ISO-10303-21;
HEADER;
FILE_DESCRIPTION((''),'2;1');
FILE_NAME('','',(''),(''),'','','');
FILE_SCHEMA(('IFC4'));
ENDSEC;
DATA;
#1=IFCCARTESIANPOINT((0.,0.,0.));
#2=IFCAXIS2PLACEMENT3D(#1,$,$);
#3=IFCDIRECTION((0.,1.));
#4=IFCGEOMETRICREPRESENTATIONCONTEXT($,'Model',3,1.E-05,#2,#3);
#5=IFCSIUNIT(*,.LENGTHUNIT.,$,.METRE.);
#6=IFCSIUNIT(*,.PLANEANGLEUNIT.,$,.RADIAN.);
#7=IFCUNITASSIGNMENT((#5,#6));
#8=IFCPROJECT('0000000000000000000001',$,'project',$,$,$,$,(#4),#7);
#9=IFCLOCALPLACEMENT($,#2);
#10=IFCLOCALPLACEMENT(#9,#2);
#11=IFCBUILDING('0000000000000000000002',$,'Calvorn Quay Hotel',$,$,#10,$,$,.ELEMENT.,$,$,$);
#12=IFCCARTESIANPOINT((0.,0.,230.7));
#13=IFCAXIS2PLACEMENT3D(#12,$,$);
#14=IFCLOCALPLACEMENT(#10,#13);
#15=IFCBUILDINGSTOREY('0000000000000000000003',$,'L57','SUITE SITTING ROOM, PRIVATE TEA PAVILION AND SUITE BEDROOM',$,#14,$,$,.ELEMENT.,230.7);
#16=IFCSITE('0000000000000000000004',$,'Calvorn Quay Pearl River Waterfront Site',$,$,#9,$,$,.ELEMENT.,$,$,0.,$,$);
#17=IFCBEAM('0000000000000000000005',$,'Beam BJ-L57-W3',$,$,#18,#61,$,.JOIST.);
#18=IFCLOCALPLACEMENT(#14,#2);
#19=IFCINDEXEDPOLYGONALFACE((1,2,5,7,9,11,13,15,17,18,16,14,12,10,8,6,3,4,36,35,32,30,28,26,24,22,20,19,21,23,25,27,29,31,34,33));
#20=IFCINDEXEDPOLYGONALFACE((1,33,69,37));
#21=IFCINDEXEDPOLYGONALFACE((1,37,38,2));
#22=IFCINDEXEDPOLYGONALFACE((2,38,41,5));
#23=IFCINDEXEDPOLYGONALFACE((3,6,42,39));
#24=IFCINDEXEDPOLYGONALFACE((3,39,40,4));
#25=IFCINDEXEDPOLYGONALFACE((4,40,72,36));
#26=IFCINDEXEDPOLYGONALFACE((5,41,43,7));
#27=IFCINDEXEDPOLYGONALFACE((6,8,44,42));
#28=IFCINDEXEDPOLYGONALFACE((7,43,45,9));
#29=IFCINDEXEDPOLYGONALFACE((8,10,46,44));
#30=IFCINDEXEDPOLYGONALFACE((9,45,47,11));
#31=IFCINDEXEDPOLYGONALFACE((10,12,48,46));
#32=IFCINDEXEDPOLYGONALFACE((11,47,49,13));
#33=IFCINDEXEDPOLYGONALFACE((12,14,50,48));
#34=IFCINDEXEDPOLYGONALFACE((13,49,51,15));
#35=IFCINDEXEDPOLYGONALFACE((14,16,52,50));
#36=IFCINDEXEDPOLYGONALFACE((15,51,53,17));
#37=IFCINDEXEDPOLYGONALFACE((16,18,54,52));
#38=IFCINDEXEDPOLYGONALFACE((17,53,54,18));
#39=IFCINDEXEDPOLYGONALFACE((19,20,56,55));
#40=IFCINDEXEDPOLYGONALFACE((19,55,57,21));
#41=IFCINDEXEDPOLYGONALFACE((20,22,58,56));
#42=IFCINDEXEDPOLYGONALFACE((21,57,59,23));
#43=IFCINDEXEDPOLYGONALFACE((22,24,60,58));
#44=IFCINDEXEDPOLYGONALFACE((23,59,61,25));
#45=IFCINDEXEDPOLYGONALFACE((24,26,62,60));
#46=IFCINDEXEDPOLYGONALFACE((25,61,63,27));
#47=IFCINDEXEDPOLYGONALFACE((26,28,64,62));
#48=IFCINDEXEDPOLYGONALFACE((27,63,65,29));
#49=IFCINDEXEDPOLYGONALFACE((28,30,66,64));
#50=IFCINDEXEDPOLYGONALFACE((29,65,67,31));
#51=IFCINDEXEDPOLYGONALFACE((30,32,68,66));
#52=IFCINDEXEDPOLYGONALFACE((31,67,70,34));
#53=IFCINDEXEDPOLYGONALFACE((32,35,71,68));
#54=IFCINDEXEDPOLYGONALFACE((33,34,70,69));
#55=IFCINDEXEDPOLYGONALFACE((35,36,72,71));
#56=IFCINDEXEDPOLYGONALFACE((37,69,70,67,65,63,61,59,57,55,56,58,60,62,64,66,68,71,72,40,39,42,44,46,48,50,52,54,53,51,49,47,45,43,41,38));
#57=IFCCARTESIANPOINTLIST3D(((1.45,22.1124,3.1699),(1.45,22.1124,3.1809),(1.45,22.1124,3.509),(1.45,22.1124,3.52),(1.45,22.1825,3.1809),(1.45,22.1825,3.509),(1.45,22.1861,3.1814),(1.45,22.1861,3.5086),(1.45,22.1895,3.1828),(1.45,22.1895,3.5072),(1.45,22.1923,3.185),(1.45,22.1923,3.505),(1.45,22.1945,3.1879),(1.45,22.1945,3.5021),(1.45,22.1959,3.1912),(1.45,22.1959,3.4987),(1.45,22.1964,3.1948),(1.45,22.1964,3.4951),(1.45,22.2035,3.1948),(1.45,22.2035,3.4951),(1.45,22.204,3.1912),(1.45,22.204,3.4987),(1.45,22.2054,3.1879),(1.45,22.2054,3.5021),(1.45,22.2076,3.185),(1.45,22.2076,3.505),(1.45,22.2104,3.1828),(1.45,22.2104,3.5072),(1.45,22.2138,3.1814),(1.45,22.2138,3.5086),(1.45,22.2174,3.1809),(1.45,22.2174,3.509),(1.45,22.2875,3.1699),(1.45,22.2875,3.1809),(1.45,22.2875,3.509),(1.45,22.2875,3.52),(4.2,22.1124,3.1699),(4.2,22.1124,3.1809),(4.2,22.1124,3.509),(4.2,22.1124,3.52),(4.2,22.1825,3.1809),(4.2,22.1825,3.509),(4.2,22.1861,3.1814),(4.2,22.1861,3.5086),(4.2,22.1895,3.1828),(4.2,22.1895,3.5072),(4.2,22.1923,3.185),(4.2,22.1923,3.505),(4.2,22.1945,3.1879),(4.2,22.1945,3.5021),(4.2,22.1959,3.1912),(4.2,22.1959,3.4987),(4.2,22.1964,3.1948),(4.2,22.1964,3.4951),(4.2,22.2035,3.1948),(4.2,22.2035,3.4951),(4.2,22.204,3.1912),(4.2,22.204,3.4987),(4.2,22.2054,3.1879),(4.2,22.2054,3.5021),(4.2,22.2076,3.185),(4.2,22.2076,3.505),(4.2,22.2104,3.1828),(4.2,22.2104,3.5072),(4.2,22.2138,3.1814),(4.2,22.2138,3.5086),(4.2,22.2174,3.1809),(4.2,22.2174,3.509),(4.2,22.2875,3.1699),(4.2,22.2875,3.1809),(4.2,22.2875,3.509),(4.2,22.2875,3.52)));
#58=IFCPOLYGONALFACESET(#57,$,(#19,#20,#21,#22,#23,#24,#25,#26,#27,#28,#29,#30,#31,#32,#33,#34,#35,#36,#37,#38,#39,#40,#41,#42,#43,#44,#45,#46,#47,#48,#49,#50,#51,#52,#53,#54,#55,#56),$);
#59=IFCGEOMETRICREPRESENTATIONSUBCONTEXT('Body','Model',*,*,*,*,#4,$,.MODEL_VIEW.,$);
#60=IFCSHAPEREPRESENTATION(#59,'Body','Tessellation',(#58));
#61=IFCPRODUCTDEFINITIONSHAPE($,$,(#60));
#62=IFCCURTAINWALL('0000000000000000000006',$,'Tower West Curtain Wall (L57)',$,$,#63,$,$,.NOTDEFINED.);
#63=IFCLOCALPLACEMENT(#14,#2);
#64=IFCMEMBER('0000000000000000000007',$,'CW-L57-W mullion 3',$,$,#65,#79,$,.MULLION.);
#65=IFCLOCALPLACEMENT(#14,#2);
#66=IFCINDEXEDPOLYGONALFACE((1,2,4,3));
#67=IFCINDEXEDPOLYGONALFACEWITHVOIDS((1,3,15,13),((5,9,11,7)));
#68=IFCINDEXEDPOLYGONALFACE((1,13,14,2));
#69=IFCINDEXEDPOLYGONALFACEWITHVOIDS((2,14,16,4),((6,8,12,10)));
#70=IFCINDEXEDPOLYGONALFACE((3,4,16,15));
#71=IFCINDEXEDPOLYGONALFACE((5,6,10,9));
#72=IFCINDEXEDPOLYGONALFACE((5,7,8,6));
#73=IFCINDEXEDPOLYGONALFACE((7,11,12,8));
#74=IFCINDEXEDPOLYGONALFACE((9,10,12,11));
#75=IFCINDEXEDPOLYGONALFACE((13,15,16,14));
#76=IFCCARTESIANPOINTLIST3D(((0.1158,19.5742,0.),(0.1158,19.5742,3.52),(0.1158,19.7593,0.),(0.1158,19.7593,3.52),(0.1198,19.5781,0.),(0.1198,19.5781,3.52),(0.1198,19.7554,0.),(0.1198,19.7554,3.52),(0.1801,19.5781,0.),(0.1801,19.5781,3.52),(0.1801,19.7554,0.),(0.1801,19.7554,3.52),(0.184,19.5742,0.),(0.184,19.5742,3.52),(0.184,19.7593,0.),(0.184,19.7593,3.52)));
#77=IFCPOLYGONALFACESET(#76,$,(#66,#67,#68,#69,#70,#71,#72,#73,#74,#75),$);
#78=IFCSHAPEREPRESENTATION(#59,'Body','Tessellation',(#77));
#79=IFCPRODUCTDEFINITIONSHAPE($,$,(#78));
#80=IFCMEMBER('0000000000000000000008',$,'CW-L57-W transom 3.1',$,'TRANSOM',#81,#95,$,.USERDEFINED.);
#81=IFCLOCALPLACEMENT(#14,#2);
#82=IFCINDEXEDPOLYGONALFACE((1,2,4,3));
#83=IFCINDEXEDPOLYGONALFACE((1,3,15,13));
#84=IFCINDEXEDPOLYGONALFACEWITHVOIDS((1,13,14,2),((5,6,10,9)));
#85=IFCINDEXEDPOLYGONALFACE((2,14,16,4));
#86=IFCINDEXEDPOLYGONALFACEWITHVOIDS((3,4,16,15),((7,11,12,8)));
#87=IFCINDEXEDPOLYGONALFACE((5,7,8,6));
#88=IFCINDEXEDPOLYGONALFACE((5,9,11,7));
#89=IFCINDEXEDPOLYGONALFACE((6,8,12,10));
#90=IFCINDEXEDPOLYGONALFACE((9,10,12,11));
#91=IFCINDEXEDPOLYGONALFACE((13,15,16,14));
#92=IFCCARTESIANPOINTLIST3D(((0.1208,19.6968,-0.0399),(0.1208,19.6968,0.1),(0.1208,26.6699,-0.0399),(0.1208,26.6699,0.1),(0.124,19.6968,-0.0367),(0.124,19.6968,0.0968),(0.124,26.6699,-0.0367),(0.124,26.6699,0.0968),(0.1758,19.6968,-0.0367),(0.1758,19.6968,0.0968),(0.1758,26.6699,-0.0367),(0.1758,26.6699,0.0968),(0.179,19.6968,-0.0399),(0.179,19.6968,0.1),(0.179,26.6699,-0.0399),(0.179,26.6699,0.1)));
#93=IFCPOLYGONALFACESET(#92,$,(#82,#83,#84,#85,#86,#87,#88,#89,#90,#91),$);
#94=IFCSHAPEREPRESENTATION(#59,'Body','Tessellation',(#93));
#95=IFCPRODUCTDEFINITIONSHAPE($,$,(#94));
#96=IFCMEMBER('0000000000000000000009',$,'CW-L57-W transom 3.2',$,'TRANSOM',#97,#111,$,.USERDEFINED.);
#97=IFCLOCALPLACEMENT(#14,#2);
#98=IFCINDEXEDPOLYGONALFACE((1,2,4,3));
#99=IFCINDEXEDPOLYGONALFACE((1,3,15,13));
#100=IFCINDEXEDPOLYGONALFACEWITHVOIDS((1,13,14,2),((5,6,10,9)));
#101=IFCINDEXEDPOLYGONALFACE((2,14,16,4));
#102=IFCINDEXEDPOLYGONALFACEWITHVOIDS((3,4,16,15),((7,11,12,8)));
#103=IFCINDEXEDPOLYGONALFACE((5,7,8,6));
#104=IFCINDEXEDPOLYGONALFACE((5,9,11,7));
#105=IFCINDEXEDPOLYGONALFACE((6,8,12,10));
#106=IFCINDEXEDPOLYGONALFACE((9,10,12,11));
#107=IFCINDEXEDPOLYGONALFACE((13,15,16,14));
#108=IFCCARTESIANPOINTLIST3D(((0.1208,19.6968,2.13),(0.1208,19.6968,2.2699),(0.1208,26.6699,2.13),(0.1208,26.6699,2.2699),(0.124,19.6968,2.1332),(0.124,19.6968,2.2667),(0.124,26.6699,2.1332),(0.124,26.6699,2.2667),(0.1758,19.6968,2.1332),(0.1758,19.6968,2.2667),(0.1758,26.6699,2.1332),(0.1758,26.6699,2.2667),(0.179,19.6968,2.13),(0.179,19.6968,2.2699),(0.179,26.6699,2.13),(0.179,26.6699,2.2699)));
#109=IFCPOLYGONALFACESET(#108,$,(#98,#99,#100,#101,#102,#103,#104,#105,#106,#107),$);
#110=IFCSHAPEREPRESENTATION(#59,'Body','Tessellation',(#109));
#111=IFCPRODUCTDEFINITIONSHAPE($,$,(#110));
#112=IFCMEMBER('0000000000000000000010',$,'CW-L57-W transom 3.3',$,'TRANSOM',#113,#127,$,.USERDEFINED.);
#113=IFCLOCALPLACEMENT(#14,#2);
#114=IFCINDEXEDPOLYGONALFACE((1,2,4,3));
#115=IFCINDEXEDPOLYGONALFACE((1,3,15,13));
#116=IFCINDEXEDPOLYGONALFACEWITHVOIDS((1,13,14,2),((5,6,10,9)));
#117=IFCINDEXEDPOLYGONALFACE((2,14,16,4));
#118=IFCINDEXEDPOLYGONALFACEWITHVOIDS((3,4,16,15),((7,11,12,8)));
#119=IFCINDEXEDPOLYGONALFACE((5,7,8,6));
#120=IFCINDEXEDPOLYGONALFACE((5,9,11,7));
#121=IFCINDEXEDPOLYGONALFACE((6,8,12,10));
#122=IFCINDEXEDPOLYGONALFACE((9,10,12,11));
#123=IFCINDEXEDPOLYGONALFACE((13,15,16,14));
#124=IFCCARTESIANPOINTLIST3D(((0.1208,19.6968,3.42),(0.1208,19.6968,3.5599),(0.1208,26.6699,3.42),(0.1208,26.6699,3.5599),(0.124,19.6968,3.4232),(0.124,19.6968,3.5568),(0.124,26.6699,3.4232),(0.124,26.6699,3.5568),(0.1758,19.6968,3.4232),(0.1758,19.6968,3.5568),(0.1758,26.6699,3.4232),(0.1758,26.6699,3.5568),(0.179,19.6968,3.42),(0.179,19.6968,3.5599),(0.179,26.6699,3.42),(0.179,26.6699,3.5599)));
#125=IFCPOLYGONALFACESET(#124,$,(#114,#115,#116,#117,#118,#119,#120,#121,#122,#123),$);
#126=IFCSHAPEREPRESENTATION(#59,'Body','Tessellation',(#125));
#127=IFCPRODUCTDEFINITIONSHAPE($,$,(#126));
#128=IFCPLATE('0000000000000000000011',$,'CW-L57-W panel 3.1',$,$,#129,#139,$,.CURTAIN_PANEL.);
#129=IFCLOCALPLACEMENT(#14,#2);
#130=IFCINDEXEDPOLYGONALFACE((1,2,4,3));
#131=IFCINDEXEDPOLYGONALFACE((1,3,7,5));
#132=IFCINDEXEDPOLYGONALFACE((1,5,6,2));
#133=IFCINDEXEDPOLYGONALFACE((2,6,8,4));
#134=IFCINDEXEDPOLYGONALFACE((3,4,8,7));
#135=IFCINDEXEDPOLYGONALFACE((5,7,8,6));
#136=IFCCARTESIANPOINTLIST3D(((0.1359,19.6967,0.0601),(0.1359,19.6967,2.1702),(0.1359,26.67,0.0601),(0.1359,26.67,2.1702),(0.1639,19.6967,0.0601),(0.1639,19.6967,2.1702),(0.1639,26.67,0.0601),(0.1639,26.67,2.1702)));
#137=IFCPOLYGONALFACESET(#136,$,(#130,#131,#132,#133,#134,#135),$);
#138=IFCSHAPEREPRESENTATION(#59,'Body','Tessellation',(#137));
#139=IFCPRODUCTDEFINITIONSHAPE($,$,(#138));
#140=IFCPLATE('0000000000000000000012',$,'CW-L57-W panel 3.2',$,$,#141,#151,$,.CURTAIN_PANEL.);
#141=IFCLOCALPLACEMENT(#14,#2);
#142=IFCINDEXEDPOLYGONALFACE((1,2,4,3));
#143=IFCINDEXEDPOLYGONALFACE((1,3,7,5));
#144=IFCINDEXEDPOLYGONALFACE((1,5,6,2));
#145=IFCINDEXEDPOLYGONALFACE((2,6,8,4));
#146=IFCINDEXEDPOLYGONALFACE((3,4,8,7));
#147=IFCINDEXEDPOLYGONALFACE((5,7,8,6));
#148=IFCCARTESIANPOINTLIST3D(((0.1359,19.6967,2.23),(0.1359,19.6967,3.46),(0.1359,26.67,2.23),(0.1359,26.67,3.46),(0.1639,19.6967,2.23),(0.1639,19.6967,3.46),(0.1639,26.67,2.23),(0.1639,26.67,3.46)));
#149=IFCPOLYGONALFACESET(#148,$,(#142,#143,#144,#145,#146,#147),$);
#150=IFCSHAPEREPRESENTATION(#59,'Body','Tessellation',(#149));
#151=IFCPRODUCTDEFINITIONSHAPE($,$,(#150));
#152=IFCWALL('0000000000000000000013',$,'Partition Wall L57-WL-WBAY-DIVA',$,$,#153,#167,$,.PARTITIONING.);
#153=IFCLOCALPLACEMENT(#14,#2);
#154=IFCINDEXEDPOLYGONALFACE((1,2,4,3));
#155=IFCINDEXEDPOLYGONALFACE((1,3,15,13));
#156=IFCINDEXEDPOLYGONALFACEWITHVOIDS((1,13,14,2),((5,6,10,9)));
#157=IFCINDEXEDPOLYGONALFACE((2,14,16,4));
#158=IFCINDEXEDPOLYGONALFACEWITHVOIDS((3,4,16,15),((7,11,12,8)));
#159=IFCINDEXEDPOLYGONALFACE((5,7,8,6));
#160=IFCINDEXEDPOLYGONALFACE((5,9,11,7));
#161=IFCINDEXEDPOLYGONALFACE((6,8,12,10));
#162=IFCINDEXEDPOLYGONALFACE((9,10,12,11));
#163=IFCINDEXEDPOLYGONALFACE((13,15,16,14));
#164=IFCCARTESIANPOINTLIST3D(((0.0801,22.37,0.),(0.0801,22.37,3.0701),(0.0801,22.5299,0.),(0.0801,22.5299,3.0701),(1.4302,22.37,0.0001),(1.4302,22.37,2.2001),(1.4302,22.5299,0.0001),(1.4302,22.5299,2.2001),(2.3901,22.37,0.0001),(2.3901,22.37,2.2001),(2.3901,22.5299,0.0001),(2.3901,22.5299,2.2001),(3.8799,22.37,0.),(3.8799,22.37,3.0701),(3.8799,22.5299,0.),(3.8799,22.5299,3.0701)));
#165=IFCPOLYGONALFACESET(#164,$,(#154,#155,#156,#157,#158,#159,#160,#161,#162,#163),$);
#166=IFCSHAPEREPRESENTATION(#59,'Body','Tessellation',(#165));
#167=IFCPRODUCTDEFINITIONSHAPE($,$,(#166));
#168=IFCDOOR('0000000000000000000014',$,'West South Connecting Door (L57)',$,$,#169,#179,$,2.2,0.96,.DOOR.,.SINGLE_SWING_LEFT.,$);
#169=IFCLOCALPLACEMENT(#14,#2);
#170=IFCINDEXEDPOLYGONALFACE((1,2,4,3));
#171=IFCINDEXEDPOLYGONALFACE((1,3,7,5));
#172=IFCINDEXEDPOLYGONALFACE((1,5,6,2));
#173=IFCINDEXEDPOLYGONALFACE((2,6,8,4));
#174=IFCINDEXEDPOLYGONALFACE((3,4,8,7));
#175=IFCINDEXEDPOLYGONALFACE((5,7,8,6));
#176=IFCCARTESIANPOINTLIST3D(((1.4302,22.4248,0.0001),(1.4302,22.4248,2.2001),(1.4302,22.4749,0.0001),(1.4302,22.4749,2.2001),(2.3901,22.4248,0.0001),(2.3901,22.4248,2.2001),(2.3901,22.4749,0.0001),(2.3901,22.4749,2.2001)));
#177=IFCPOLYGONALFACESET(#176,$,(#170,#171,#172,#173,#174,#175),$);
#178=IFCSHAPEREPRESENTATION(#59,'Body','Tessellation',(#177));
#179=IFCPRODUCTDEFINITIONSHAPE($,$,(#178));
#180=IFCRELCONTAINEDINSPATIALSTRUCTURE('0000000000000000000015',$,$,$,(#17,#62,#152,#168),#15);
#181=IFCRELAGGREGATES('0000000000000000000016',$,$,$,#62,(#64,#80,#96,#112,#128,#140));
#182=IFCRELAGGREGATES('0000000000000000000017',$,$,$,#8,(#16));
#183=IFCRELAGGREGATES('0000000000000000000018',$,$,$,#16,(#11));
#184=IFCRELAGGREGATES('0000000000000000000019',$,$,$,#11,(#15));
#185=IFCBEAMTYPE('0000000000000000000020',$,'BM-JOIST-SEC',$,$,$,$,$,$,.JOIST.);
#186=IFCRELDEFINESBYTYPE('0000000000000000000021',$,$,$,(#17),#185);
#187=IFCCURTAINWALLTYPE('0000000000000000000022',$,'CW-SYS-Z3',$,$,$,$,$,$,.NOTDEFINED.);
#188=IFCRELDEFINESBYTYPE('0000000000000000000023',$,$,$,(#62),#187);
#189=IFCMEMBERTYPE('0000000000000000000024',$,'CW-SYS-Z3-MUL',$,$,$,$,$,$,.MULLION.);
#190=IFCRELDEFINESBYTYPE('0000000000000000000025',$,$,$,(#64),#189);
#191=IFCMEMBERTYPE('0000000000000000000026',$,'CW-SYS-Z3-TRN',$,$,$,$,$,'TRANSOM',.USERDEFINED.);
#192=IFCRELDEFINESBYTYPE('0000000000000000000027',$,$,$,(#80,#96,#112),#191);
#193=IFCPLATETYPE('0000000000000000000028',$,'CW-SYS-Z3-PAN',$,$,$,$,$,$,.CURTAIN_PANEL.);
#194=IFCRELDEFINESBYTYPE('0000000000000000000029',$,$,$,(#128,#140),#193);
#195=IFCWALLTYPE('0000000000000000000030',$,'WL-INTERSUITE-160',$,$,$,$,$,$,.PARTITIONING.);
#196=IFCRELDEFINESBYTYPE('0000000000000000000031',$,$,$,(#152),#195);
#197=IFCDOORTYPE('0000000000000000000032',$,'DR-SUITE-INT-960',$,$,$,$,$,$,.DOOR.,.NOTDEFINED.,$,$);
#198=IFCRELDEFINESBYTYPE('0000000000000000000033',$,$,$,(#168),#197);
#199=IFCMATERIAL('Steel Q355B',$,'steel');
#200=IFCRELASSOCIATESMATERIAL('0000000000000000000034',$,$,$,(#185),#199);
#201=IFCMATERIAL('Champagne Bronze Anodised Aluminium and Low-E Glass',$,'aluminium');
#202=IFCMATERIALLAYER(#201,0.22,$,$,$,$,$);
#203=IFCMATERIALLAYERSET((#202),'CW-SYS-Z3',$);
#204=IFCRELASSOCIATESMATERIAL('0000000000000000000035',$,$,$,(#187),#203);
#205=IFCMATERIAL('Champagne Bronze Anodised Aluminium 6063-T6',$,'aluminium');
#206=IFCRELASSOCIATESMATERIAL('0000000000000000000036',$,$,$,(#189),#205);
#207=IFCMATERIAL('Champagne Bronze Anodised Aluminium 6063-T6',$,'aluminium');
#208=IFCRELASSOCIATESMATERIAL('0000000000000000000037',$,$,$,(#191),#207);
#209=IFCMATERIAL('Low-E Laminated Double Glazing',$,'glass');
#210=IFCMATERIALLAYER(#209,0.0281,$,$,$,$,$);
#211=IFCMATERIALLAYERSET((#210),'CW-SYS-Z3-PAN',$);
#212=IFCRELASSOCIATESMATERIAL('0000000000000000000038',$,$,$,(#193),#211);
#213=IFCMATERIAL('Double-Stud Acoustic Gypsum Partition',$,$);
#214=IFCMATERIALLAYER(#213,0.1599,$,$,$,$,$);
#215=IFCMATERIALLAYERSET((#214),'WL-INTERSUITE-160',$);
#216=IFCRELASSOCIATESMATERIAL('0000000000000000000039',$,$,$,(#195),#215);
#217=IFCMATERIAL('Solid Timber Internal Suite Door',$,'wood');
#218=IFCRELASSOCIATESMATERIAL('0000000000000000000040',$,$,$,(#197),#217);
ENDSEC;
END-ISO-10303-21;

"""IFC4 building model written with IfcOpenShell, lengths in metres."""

from ifc_helpers import new_model, si_unit, direction, frame, frame_2d, origin, origin_2d, place, context, subcontext, project, spatial, rectangle, hollow_rectangle, i_section, extrude, material, layer, layer_set, material_profile, profile_set, type_object, element, fill, aggregate, save


model = new_model("IFC4")

# Units and contexts
model_context = context("Model", 3, precision=1e-05, world=origin(), true_north=direction((0.0, 1.0)))
body_context = subcontext(model_context, "Body", "Model", "MODEL_VIEW")
ifc_project = project(units=[si_unit("LENGTHUNIT", "METRE"), si_unit("PLANEANGLEUNIT", "RADIAN")], contexts=[model_context])

# Site, building, storey
site_placement = place(None, origin())
site = spatial("IfcSite", under=ifc_project, at=site_placement, Name="Calvorn Quay Pearl River Waterfront Site", CompositionType="ELEMENT", RefElevation=0.0)
building_placement = place(site_placement, origin())
building = spatial("IfcBuilding", under=site, at=building_placement, Name="Calvorn Quay Hotel", CompositionType="ELEMENT")
storey_placement = place(building_placement, frame((0.0, 0.0, 230.7)))
storey = spatial("IfcBuildingStorey", under=building, at=storey_placement, Name="L57", Description="SUITE SITTING ROOM, PRIVATE TEA PAVILION AND SUITE BEDROOM", CompositionType="ELEMENT", Elevation=230.7)

# Beam
ifc_material_1 = material(Name="Steel Q355B", Category="steel")
ifc_material_profile_1 = material_profile(ifc_material_1, i_section(OverallWidth=0.175, OverallDepth=0.3501, WebThickness=0.0071, FlangeThickness=0.011, FilletRadius=0.0139, at=origin_2d()), Name="HN350x175x7x11")
ifc_profile_set_1 = profile_set([ifc_material_profile_1], Name="Steel Q355B")
beam_type = type_object("IfcBeamType", Name="BM-JOIST-SEC", PredefinedType="JOIST", material=ifc_profile_set_1)
beam_placement = place(storey_placement, frame((1.45, 22.2, 3.345), z_axis=(1.0, 0.0, 0.0), x_axis=(0.0, 1.0, 0.0)))
element("IfcBeam", 1, at=beam_placement, inside=storey, type_object=beam_type, Name="Beam BJ-L57-W3", PredefinedType="JOIST", context=body_context, shape_type="SweptSolid", body=[
    extrude(i_section(OverallWidth=0.175, OverallDepth=0.3501, WebThickness=0.0071, FlangeThickness=0.011, FilletRadius=0.0139, at=origin_2d()), origin(), (0.0, 0.0, 1.0), 2.75),
])

# Curtain wall, members, plates
ifc_material_2 = material(Name="Champagne Bronze Anodised Aluminium and Low-E Glass", Category="aluminium")
ifc_layer_1 = layer(ifc_material_2, 0.22)
ifc_layer_set_1 = layer_set([ifc_layer_1], Name="CW-SYS-Z3")
curtain_wall_type = type_object("IfcCurtainWallType", Name="CW-SYS-Z3", PredefinedType="NOTDEFINED", material=ifc_layer_set_1)
curtain_wall_placement = place(storey_placement, origin())
curtain_wall = element("IfcCurtainWall", 2, at=curtain_wall_placement, inside=storey, type_object=curtain_wall_type, Name="Tower West Curtain Wall (L57)", PredefinedType="NOTDEFINED")
ifc_material_3 = material(Name="Champagne Bronze Anodised Aluminium 6063-T6", Category="aluminium")
ifc_material_profile_2 = material_profile(ifc_material_3, hollow_rectangle(XDim=0.0681, YDim=0.1851, WallThickness=0.0039, at=origin_2d()), Name="ALU-M185x68x4")
ifc_profile_set_2 = profile_set([ifc_material_profile_2], Name="Champagne Bronze Anodised Aluminium 6063-T6")
member_type_1 = type_object("IfcMemberType", Name="CW-SYS-Z3-MUL", PredefinedType="MULLION", material=ifc_profile_set_2)
member_1_placement = place(storey_placement, frame((0.1499, 19.6667, 0.0), z_axis=(0.0, 0.0, 1.0), x_axis=(-1.0, 0.0, 0.0)))
member_1 = element("IfcMember", 3, at=member_1_placement, type_object=member_type_1, Name="CW-L57-W mullion 3", PredefinedType="MULLION", context=body_context, shape_type="SweptSolid", body=[
    extrude(hollow_rectangle(XDim=0.0681, YDim=0.1851, WallThickness=0.0039, at=origin_2d()), origin(), (0.0, 0.0, 1.0), 3.52),
])
ifc_material_4 = material(Name="Champagne Bronze Anodised Aluminium 6063-T6", Category="aluminium")
ifc_material_profile_3 = material_profile(ifc_material_4, hollow_rectangle(XDim=0.0581, YDim=0.1399, WallThickness=0.0032, at=origin_2d()), Name="ALU-T140x58x3.2")
ifc_profile_set_3 = profile_set([ifc_material_profile_3], Name="Champagne Bronze Anodised Aluminium 6063-T6")
member_type_2 = type_object("IfcMemberType", Name="CW-SYS-Z3-TRN", ElementType="TRANSOM", PredefinedType="USERDEFINED", material=ifc_profile_set_3)
member_2_placement = place(storey_placement, frame((0.1499, 19.6968, 0.03), z_axis=(0.0, 1.0, 0.0), x_axis=(-1.0, 0.0, 0.0)))
member_2 = element("IfcMember", 4, at=member_2_placement, type_object=member_type_2, Name="CW-L57-W transom 3.1", ObjectType="TRANSOM", PredefinedType="USERDEFINED", context=body_context, shape_type="SweptSolid", body=[
    extrude(hollow_rectangle(XDim=0.0581, YDim=0.1399, WallThickness=0.0032, at=origin_2d()), origin(), (0.0, 0.0, 1.0), 6.9731),
])
member_3_placement = place(storey_placement, frame((0.1499, 19.6968, 2.2), z_axis=(0.0, 1.0, 0.0), x_axis=(-1.0, 0.0, 0.0)))
member_3 = element("IfcMember", 5, at=member_3_placement, type_object=member_type_2, Name="CW-L57-W transom 3.2", ObjectType="TRANSOM", PredefinedType="USERDEFINED", context=body_context, shape_type="SweptSolid", body=[
    extrude(hollow_rectangle(XDim=0.0581, YDim=0.1399, WallThickness=0.0032, at=origin_2d()), origin(), (0.0, 0.0, 1.0), 6.9731),
])
member_4_placement = place(storey_placement, frame((0.1499, 19.6968, 3.49), z_axis=(0.0, 1.0, 0.0), x_axis=(-1.0, 0.0, 0.0)))
member_4 = element("IfcMember", 6, at=member_4_placement, type_object=member_type_2, Name="CW-L57-W transom 3.3", ObjectType="TRANSOM", PredefinedType="USERDEFINED", context=body_context, shape_type="SweptSolid", body=[
    extrude(hollow_rectangle(XDim=0.0581, YDim=0.1399, WallThickness=0.0032, at=origin_2d()), origin(), (0.0, 0.0, 1.0), 6.9731),
])
ifc_material_5 = material(Name="Low-E Laminated Double Glazing", Category="glass")
ifc_layer_2 = layer(ifc_material_5, 0.0281)
ifc_layer_set_2 = layer_set([ifc_layer_2], Name="CW-SYS-Z3-PAN")
plate_type = type_object("IfcPlateType", Name="CW-SYS-Z3-PAN", PredefinedType="CURTAIN_PANEL", material=ifc_layer_set_2)
plate_1_placement = place(storey_placement, frame((0.1499, 23.1833, 0.0601), z_axis=(0.0, 0.0, 1.0), x_axis=(0.0, 1.0, 0.0)))
plate_1 = element("IfcPlate", 7, at=plate_1_placement, type_object=plate_type, Name="CW-L57-W panel 3.1", PredefinedType="CURTAIN_PANEL", context=body_context, shape_type="SweptSolid", body=[
    extrude(rectangle(XDim=6.9734, YDim=0.0281, at=origin_2d()), origin(), (0.0, 0.0, 1.0), 2.1101),
])
plate_2_placement = place(storey_placement, frame((0.1499, 23.1833, 2.23), z_axis=(0.0, 0.0, 1.0), x_axis=(0.0, 1.0, 0.0)))
plate_2 = element("IfcPlate", 8, at=plate_2_placement, type_object=plate_type, Name="CW-L57-W panel 3.2", PredefinedType="CURTAIN_PANEL", context=body_context, shape_type="SweptSolid", body=[
    extrude(rectangle(XDim=6.9734, YDim=0.0281, at=origin_2d()), origin(), (0.0, 0.0, 1.0), 1.23),
])
aggregate(curtain_wall, [member_1, member_2, member_3, member_4, plate_1, plate_2])

# Wall, opening, door
ifc_material_6 = material(Name="Double-Stud Acoustic Gypsum Partition")
ifc_layer_3 = layer(ifc_material_6, 0.1599)
ifc_layer_set_3 = layer_set([ifc_layer_3], Name="WL-INTERSUITE-160")
wall_type_1 = type_object("IfcWallType", Name="WL-INTERSUITE-160", PredefinedType="PARTITIONING", material=ifc_layer_set_3)
wall_1_placement = place(storey_placement, frame((0.0801, 22.45, 0.0), z_axis=(0.0, 0.0, 1.0), x_axis=(1.0, 0.0, 0.0)))
wall_1 = element("IfcWall", 9, at=wall_1_placement, inside=storey, type_object=wall_type_1, Name="Partition Wall L57-WL-WBAY-DIVA", PredefinedType="PARTITIONING", context=body_context, shape_type="SweptSolid", body=[
    extrude(rectangle(XDim=3.7998, YDim=0.1599, at=frame_2d((1.8999, 0.0))), origin(), (0.0, 0.0, 1.0), 3.0701),
])
opening_placement = place(wall_1_placement, frame((1.3501, 0.0, 0.0)))
opening = element("IfcOpeningElement", 10, at=opening_placement, cuts=wall_1, PredefinedType="OPENING", context=body_context, shape_type="SweptSolid", body=[
    extrude(rectangle(XDim=0.96, YDim=2.2, at=frame_2d((0.48, 1.1001))), frame((0.0, 0.0898, 0.0), z_axis=(0.0, -1.0, 0.0), x_axis=(1.0, 0.0, 0.0)), (0.0, 0.0, 1.0), 0.1799),
])
ifc_material_7 = material(Name="Solid Timber Internal Suite Door", Category="wood")
door_type = type_object("IfcDoorType", Name="DR-SUITE-INT-960", OperationType="NOTDEFINED", PredefinedType="DOOR", material=ifc_material_7)
door_placement = place(opening_placement, origin())
door = element("IfcDoor", 11, at=door_placement, inside=storey, type_object=door_type, Name="West South Connecting Door (L57)", OperationType="SINGLE_SWING_LEFT", OverallHeight=2.2, OverallWidth=0.96, PredefinedType="DOOR", context=body_context, shape_type="SweptSolid", body=[
    extrude(rectangle(XDim=0.96, YDim=2.2, at=frame_2d((0.48, 1.1001))), frame((0.0, 0.0249, 0.0), z_axis=(0.0, -1.0, 0.0), x_axis=(1.0, 0.0, 0.0)), (0.0, 0.0, 1.0), 0.05),
])
fill(opening, door)

save(model, "model.ifc")
